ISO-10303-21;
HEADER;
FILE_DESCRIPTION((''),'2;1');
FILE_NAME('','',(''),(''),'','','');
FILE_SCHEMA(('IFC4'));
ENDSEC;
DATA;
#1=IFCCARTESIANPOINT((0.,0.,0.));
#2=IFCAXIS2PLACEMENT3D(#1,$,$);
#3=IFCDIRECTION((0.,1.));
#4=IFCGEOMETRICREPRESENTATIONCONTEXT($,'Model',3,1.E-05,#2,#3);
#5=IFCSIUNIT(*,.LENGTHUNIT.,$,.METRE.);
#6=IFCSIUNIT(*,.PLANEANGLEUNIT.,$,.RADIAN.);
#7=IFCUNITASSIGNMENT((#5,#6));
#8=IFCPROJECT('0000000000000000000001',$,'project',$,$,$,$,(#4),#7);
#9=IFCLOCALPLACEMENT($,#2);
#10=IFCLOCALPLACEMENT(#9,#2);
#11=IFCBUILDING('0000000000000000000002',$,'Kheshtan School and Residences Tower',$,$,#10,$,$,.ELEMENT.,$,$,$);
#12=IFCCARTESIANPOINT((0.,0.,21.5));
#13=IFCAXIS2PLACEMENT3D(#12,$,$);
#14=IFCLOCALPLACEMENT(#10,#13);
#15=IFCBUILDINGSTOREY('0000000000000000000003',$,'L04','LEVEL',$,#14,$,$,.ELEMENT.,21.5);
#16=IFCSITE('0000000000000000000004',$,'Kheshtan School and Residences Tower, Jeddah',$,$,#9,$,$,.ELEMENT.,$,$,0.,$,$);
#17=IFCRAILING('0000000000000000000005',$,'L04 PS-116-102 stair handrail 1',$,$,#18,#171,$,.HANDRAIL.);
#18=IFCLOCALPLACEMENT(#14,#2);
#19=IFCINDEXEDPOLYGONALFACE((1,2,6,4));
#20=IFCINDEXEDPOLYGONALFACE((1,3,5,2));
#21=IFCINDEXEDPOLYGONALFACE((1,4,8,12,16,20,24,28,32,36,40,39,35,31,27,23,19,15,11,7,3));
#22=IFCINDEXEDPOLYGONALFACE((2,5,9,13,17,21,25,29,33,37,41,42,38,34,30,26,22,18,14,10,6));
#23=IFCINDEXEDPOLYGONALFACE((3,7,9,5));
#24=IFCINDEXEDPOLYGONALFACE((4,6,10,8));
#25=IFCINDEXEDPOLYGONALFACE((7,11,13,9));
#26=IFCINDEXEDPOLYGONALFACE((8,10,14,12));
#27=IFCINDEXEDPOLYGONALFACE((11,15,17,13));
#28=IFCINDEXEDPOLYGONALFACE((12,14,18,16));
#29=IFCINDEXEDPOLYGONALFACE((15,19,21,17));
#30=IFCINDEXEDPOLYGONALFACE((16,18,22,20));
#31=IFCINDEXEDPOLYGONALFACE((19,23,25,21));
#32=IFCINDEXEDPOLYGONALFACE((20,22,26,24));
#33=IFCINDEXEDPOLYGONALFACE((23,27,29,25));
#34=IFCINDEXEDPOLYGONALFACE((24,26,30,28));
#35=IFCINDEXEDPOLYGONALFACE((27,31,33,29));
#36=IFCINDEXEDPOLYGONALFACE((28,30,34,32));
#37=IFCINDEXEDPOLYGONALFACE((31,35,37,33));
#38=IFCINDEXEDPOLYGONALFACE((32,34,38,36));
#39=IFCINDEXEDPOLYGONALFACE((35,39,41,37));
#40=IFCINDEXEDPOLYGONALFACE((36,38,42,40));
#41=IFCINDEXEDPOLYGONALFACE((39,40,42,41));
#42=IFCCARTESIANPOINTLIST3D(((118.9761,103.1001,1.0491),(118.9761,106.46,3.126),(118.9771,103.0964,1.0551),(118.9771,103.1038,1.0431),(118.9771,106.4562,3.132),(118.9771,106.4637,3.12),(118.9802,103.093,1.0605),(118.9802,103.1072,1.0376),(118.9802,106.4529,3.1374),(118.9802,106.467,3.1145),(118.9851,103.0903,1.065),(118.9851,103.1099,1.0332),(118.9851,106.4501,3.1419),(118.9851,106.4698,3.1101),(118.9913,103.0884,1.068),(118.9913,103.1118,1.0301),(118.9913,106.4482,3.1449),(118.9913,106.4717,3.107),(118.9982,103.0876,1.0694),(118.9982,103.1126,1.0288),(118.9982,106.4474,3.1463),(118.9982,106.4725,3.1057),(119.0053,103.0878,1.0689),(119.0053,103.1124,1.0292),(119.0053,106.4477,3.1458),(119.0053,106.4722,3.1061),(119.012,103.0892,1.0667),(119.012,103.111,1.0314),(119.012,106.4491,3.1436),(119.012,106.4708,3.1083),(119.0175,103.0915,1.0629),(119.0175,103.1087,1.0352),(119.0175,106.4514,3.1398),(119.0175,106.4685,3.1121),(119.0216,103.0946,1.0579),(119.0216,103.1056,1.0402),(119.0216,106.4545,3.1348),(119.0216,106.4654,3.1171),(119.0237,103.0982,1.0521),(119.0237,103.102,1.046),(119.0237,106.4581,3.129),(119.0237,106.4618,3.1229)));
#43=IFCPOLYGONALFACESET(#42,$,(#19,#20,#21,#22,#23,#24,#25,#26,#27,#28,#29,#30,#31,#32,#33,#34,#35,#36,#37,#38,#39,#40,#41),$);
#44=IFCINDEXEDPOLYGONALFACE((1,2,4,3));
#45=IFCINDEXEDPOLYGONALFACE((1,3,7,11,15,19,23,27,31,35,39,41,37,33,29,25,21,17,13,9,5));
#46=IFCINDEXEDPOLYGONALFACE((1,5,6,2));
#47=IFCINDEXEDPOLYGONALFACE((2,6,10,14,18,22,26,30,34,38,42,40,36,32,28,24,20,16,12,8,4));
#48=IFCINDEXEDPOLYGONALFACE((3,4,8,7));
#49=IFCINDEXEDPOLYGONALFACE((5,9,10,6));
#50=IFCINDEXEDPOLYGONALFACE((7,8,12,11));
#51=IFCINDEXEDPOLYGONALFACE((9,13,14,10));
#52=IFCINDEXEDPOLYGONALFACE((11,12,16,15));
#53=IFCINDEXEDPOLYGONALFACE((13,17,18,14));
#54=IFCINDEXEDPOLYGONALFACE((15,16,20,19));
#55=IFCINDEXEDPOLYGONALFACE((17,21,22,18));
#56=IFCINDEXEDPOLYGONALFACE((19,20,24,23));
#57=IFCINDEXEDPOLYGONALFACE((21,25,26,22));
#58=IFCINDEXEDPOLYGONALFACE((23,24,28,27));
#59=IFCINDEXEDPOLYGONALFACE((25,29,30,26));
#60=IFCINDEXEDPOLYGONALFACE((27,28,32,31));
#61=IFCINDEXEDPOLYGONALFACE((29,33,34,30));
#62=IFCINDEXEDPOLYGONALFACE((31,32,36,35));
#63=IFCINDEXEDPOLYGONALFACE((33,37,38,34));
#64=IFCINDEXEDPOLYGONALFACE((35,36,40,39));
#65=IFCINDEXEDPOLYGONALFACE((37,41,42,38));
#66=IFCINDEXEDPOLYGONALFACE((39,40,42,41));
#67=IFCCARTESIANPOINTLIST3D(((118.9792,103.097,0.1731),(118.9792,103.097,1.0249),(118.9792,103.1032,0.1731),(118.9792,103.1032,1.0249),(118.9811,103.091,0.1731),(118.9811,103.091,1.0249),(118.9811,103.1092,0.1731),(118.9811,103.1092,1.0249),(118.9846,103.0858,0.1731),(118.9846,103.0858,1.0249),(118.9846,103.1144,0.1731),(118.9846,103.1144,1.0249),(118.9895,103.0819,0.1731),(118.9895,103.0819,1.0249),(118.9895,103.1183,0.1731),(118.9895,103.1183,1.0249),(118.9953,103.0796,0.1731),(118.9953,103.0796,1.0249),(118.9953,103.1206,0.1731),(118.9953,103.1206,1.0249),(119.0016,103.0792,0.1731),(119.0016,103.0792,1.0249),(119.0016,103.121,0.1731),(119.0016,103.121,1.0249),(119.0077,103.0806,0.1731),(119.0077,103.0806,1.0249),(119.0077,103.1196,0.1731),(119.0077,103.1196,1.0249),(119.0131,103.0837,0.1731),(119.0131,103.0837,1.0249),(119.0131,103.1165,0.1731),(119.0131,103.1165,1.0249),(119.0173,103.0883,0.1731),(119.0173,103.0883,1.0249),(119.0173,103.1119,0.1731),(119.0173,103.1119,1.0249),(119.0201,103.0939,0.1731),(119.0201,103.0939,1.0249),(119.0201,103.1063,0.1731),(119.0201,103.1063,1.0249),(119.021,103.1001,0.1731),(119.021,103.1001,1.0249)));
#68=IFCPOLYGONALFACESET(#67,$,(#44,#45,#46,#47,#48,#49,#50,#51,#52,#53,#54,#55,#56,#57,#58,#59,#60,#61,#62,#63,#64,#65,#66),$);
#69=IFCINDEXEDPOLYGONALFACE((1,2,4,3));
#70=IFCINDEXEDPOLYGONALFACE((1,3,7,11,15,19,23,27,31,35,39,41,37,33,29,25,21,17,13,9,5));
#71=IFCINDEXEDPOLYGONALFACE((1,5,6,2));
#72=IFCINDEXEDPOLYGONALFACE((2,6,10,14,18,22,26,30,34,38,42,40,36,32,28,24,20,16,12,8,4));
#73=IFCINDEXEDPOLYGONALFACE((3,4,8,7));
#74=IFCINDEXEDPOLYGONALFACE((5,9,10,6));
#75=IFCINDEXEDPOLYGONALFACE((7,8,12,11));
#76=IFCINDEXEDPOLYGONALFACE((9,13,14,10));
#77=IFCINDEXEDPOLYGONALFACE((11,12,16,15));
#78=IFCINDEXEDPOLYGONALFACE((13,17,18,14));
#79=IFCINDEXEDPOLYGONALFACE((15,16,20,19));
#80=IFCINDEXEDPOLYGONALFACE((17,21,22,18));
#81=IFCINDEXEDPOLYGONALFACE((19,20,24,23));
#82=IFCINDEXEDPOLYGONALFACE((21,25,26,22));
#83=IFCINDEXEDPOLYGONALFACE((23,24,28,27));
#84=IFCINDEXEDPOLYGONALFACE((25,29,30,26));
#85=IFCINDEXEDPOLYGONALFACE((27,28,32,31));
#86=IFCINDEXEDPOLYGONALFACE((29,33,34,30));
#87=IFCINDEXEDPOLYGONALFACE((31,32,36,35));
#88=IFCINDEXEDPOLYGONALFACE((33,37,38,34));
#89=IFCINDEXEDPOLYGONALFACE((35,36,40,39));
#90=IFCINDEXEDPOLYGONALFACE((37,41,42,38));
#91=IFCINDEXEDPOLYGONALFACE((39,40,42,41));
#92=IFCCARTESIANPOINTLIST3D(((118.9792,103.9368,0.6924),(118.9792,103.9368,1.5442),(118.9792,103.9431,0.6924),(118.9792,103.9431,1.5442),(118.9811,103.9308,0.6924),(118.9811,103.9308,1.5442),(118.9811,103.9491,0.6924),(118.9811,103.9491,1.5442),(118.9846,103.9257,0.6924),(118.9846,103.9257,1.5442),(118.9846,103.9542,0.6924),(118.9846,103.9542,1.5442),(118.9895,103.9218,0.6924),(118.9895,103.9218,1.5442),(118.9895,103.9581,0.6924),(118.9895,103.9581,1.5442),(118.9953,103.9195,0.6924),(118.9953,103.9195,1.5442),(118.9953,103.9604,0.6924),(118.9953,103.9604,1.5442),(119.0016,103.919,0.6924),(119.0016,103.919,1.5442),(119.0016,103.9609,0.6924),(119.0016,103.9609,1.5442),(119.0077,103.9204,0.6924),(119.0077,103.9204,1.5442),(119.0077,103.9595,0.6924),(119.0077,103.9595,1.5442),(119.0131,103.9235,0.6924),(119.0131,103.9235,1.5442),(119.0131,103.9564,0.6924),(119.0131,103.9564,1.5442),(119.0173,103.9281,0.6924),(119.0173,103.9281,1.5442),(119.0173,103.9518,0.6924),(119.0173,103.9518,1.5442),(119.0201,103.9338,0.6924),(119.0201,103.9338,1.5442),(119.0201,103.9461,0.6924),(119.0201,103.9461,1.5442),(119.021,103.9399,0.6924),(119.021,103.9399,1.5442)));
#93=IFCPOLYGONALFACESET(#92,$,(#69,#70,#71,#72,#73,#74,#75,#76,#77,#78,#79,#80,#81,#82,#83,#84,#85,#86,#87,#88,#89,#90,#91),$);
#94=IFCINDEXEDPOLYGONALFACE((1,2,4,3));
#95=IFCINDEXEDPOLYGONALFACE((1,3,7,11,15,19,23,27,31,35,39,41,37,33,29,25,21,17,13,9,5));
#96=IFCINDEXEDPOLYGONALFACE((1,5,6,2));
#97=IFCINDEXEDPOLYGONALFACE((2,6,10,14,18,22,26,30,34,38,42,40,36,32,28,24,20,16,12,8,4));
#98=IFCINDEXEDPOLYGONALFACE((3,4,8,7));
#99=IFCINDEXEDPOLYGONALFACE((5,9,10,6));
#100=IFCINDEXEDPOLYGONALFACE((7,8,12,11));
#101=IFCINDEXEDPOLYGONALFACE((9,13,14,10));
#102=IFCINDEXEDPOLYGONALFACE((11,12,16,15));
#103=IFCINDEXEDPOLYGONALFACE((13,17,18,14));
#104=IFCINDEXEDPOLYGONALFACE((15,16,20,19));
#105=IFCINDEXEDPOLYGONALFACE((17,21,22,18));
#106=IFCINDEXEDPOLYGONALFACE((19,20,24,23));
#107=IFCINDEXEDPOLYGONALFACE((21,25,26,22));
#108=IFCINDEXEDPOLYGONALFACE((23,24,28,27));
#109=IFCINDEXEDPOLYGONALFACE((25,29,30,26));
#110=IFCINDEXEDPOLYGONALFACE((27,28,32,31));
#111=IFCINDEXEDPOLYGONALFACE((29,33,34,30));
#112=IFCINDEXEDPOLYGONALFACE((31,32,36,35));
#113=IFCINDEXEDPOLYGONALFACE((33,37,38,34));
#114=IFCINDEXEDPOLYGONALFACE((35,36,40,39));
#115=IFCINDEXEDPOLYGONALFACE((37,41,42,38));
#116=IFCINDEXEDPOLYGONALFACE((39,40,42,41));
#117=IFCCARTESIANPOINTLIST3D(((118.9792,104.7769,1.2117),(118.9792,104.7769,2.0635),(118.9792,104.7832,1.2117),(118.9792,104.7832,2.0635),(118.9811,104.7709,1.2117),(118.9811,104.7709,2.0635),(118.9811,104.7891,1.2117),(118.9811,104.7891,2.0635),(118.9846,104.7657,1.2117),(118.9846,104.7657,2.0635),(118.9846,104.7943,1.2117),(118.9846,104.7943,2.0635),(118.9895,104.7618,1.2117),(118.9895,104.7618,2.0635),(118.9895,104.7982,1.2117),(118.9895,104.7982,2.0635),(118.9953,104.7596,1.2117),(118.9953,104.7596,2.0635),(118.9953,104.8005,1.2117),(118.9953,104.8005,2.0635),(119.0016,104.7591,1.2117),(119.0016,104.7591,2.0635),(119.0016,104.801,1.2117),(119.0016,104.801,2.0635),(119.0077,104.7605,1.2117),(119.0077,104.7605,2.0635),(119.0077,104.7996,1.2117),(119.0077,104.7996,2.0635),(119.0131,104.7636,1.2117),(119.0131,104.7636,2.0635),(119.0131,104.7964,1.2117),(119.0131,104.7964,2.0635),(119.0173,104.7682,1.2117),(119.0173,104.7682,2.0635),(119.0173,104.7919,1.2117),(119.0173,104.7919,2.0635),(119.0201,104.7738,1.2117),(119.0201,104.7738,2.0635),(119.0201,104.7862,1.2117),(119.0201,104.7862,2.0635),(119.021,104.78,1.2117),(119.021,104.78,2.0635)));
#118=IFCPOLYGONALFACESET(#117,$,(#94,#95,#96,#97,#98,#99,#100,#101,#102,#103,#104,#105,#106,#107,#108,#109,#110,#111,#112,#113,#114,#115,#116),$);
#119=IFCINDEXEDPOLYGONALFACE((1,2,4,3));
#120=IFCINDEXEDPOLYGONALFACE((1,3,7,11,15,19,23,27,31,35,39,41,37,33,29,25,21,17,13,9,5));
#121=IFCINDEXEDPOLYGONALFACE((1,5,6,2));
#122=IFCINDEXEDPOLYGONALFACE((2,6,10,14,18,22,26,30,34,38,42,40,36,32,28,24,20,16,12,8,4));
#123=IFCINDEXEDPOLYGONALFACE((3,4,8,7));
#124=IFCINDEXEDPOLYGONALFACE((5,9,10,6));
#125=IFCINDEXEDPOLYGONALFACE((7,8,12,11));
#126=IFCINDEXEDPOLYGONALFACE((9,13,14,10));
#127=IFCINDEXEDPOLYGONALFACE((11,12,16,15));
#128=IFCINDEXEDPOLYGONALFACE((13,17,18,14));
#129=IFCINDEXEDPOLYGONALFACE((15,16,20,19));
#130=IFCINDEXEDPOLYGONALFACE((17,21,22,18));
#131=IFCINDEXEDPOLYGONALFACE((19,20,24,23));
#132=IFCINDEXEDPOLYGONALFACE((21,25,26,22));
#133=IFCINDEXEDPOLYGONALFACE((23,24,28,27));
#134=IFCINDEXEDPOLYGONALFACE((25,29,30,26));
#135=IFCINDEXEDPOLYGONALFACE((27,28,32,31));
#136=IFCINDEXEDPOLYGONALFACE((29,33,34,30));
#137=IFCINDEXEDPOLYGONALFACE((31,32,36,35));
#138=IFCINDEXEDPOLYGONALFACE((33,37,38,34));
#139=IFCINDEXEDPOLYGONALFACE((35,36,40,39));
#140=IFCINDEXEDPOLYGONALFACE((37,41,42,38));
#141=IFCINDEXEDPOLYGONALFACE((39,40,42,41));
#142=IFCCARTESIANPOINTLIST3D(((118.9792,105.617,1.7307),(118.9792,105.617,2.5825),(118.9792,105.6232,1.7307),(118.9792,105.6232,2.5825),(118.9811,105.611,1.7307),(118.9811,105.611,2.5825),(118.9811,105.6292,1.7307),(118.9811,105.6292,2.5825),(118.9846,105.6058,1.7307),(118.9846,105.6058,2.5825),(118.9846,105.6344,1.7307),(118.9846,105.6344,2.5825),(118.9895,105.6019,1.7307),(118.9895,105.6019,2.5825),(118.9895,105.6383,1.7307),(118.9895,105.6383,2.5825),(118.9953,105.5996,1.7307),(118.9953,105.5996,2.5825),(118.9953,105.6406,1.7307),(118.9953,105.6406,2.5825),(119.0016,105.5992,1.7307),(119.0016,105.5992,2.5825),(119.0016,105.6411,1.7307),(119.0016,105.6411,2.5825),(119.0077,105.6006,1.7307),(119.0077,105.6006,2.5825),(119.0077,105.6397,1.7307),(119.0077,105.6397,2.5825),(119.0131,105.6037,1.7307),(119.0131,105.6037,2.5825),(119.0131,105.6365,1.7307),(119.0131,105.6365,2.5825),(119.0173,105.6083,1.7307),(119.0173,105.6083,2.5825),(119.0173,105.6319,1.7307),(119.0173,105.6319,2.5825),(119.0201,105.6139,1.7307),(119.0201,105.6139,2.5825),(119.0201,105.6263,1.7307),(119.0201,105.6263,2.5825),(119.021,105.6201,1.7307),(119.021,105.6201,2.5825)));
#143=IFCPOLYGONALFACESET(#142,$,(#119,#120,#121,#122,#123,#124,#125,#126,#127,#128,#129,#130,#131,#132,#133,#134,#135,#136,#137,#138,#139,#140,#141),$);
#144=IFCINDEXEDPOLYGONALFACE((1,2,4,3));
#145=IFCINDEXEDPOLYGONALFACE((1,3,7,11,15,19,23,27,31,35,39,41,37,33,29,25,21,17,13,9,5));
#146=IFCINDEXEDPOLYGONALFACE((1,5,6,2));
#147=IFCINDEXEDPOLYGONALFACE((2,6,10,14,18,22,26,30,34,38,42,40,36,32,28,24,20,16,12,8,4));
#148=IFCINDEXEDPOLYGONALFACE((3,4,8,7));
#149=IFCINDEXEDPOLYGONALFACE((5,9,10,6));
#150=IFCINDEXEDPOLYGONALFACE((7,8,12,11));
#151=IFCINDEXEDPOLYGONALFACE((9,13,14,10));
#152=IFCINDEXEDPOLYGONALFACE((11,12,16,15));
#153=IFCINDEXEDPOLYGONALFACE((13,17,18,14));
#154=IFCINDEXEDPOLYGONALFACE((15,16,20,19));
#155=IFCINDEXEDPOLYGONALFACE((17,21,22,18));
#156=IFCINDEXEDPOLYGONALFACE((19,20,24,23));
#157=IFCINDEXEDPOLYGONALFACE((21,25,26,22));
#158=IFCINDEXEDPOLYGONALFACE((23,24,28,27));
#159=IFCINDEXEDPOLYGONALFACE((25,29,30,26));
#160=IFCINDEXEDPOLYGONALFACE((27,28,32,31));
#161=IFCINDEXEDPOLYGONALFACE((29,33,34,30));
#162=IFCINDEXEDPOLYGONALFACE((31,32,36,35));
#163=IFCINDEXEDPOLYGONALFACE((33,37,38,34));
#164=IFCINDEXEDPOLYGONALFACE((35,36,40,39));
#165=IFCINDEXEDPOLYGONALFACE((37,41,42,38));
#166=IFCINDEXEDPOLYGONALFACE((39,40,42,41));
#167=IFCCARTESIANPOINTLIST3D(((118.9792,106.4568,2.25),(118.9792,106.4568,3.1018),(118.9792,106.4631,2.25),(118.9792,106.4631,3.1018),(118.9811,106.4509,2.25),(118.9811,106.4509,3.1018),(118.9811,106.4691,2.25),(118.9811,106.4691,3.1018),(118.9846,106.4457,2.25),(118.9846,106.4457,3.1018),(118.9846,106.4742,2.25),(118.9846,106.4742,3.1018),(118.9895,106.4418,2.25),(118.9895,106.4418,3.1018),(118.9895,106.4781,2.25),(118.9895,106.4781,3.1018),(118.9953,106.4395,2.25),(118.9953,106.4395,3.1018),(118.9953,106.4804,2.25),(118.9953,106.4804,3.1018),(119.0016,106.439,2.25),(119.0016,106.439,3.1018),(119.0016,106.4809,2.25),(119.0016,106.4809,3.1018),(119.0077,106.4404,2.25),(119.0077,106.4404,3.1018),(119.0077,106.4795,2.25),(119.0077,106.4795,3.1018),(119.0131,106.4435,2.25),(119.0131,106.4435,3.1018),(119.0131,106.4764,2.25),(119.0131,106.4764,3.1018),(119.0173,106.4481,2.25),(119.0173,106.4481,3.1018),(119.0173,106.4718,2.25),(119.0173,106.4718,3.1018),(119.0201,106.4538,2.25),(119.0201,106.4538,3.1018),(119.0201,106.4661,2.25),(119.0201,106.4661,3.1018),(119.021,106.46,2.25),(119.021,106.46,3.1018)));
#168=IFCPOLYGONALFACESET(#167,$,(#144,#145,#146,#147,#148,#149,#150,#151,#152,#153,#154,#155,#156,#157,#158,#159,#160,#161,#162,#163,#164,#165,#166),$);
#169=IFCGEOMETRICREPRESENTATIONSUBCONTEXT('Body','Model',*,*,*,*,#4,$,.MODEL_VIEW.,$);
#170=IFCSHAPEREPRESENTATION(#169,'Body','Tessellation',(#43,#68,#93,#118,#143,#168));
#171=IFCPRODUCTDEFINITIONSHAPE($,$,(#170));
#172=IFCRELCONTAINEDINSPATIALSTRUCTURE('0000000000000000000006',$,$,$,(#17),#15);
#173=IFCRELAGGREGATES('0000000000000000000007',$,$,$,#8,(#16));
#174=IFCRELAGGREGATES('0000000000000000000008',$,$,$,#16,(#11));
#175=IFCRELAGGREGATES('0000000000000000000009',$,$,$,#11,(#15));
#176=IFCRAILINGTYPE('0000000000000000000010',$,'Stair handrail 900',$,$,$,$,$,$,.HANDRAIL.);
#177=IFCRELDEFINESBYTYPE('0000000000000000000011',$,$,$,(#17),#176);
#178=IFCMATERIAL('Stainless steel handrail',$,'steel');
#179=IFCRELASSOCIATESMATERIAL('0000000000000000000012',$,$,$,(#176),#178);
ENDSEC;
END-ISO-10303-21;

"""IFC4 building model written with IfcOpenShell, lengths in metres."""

from ifc_helpers import new_model, si_unit, direction, frame, origin, origin_2d, place, context, subcontext, project, spatial, circle, extrude, material, type_object, element, save


model = new_model("IFC4")

# Units and contexts
model_context = context("Model", 3, precision=1e-05, world=origin(), true_north=direction((0.0, 1.0)))
body_context = subcontext(model_context, "Body", "Model", "MODEL_VIEW")
ifc_project = project(units=[si_unit("LENGTHUNIT", "METRE"), si_unit("PLANEANGLEUNIT", "RADIAN")], contexts=[model_context])

# Site, building, storey
site_placement = place(None, origin())
site = spatial("IfcSite", under=ifc_project, at=site_placement, Name="Kheshtan School and Residences Tower, Jeddah", CompositionType="ELEMENT", RefElevation=0.0)
building_placement = place(site_placement, origin())
building = spatial("IfcBuilding", under=site, at=building_placement, Name="Kheshtan School and Residences Tower", CompositionType="ELEMENT")
storey_placement = place(building_placement, frame((0.0, 0.0, 21.5)))
storey = spatial("IfcBuildingStorey", under=building, at=storey_placement, Name="L04", Description="LEVEL", CompositionType="ELEMENT", Elevation=21.5)

# Railing
ifc_material_1 = material(Name="Stainless steel handrail", Category="steel")
railing_type = type_object("IfcRailingType", Name="Stair handrail 900", PredefinedType="HANDRAIL", material=ifc_material_1)
railing_placement = place(storey_placement, frame((119.0, 103.1001, 0.1731)))
element("IfcRailing", 1, at=railing_placement, inside=storey, type_object=railing_type, Name="L04 PS-116-102 stair handrail 1", PredefinedType="HANDRAIL", context=body_context, shape_type="SweptSolid", body=[
    extrude(circle(Radius=0.0239, at=origin_2d()), frame((0.0, 0.0, 0.876), z_axis=(0.0, 0.850606, 0.525803), x_axis=(-1.0, 0.0, 0.0)), (0.0, 0.0, 1.0), 3.95),
    extrude(circle(Radius=0.021, at=origin_2d()), origin(), (0.0, 0.0, 1.0), 0.8518),
    extrude(circle(Radius=0.021, at=origin_2d()), frame((0.0, 0.8398, 0.5193)), (0.0, 0.0, 1.0), 0.8518),
    extrude(circle(Radius=0.021, at=origin_2d()), frame((0.0, 1.6799, 1.0386)), (0.0, 0.0, 1.0), 0.8518),
    extrude(circle(Radius=0.021, at=origin_2d()), frame((0.0, 2.52, 1.5576)), (0.0, 0.0, 1.0), 0.8518),
    extrude(circle(Radius=0.021, at=origin_2d()), frame((0.0, 3.3599, 2.0769)), (0.0, 0.0, 1.0), 0.8518),
])

save(model, "model.ifc")
